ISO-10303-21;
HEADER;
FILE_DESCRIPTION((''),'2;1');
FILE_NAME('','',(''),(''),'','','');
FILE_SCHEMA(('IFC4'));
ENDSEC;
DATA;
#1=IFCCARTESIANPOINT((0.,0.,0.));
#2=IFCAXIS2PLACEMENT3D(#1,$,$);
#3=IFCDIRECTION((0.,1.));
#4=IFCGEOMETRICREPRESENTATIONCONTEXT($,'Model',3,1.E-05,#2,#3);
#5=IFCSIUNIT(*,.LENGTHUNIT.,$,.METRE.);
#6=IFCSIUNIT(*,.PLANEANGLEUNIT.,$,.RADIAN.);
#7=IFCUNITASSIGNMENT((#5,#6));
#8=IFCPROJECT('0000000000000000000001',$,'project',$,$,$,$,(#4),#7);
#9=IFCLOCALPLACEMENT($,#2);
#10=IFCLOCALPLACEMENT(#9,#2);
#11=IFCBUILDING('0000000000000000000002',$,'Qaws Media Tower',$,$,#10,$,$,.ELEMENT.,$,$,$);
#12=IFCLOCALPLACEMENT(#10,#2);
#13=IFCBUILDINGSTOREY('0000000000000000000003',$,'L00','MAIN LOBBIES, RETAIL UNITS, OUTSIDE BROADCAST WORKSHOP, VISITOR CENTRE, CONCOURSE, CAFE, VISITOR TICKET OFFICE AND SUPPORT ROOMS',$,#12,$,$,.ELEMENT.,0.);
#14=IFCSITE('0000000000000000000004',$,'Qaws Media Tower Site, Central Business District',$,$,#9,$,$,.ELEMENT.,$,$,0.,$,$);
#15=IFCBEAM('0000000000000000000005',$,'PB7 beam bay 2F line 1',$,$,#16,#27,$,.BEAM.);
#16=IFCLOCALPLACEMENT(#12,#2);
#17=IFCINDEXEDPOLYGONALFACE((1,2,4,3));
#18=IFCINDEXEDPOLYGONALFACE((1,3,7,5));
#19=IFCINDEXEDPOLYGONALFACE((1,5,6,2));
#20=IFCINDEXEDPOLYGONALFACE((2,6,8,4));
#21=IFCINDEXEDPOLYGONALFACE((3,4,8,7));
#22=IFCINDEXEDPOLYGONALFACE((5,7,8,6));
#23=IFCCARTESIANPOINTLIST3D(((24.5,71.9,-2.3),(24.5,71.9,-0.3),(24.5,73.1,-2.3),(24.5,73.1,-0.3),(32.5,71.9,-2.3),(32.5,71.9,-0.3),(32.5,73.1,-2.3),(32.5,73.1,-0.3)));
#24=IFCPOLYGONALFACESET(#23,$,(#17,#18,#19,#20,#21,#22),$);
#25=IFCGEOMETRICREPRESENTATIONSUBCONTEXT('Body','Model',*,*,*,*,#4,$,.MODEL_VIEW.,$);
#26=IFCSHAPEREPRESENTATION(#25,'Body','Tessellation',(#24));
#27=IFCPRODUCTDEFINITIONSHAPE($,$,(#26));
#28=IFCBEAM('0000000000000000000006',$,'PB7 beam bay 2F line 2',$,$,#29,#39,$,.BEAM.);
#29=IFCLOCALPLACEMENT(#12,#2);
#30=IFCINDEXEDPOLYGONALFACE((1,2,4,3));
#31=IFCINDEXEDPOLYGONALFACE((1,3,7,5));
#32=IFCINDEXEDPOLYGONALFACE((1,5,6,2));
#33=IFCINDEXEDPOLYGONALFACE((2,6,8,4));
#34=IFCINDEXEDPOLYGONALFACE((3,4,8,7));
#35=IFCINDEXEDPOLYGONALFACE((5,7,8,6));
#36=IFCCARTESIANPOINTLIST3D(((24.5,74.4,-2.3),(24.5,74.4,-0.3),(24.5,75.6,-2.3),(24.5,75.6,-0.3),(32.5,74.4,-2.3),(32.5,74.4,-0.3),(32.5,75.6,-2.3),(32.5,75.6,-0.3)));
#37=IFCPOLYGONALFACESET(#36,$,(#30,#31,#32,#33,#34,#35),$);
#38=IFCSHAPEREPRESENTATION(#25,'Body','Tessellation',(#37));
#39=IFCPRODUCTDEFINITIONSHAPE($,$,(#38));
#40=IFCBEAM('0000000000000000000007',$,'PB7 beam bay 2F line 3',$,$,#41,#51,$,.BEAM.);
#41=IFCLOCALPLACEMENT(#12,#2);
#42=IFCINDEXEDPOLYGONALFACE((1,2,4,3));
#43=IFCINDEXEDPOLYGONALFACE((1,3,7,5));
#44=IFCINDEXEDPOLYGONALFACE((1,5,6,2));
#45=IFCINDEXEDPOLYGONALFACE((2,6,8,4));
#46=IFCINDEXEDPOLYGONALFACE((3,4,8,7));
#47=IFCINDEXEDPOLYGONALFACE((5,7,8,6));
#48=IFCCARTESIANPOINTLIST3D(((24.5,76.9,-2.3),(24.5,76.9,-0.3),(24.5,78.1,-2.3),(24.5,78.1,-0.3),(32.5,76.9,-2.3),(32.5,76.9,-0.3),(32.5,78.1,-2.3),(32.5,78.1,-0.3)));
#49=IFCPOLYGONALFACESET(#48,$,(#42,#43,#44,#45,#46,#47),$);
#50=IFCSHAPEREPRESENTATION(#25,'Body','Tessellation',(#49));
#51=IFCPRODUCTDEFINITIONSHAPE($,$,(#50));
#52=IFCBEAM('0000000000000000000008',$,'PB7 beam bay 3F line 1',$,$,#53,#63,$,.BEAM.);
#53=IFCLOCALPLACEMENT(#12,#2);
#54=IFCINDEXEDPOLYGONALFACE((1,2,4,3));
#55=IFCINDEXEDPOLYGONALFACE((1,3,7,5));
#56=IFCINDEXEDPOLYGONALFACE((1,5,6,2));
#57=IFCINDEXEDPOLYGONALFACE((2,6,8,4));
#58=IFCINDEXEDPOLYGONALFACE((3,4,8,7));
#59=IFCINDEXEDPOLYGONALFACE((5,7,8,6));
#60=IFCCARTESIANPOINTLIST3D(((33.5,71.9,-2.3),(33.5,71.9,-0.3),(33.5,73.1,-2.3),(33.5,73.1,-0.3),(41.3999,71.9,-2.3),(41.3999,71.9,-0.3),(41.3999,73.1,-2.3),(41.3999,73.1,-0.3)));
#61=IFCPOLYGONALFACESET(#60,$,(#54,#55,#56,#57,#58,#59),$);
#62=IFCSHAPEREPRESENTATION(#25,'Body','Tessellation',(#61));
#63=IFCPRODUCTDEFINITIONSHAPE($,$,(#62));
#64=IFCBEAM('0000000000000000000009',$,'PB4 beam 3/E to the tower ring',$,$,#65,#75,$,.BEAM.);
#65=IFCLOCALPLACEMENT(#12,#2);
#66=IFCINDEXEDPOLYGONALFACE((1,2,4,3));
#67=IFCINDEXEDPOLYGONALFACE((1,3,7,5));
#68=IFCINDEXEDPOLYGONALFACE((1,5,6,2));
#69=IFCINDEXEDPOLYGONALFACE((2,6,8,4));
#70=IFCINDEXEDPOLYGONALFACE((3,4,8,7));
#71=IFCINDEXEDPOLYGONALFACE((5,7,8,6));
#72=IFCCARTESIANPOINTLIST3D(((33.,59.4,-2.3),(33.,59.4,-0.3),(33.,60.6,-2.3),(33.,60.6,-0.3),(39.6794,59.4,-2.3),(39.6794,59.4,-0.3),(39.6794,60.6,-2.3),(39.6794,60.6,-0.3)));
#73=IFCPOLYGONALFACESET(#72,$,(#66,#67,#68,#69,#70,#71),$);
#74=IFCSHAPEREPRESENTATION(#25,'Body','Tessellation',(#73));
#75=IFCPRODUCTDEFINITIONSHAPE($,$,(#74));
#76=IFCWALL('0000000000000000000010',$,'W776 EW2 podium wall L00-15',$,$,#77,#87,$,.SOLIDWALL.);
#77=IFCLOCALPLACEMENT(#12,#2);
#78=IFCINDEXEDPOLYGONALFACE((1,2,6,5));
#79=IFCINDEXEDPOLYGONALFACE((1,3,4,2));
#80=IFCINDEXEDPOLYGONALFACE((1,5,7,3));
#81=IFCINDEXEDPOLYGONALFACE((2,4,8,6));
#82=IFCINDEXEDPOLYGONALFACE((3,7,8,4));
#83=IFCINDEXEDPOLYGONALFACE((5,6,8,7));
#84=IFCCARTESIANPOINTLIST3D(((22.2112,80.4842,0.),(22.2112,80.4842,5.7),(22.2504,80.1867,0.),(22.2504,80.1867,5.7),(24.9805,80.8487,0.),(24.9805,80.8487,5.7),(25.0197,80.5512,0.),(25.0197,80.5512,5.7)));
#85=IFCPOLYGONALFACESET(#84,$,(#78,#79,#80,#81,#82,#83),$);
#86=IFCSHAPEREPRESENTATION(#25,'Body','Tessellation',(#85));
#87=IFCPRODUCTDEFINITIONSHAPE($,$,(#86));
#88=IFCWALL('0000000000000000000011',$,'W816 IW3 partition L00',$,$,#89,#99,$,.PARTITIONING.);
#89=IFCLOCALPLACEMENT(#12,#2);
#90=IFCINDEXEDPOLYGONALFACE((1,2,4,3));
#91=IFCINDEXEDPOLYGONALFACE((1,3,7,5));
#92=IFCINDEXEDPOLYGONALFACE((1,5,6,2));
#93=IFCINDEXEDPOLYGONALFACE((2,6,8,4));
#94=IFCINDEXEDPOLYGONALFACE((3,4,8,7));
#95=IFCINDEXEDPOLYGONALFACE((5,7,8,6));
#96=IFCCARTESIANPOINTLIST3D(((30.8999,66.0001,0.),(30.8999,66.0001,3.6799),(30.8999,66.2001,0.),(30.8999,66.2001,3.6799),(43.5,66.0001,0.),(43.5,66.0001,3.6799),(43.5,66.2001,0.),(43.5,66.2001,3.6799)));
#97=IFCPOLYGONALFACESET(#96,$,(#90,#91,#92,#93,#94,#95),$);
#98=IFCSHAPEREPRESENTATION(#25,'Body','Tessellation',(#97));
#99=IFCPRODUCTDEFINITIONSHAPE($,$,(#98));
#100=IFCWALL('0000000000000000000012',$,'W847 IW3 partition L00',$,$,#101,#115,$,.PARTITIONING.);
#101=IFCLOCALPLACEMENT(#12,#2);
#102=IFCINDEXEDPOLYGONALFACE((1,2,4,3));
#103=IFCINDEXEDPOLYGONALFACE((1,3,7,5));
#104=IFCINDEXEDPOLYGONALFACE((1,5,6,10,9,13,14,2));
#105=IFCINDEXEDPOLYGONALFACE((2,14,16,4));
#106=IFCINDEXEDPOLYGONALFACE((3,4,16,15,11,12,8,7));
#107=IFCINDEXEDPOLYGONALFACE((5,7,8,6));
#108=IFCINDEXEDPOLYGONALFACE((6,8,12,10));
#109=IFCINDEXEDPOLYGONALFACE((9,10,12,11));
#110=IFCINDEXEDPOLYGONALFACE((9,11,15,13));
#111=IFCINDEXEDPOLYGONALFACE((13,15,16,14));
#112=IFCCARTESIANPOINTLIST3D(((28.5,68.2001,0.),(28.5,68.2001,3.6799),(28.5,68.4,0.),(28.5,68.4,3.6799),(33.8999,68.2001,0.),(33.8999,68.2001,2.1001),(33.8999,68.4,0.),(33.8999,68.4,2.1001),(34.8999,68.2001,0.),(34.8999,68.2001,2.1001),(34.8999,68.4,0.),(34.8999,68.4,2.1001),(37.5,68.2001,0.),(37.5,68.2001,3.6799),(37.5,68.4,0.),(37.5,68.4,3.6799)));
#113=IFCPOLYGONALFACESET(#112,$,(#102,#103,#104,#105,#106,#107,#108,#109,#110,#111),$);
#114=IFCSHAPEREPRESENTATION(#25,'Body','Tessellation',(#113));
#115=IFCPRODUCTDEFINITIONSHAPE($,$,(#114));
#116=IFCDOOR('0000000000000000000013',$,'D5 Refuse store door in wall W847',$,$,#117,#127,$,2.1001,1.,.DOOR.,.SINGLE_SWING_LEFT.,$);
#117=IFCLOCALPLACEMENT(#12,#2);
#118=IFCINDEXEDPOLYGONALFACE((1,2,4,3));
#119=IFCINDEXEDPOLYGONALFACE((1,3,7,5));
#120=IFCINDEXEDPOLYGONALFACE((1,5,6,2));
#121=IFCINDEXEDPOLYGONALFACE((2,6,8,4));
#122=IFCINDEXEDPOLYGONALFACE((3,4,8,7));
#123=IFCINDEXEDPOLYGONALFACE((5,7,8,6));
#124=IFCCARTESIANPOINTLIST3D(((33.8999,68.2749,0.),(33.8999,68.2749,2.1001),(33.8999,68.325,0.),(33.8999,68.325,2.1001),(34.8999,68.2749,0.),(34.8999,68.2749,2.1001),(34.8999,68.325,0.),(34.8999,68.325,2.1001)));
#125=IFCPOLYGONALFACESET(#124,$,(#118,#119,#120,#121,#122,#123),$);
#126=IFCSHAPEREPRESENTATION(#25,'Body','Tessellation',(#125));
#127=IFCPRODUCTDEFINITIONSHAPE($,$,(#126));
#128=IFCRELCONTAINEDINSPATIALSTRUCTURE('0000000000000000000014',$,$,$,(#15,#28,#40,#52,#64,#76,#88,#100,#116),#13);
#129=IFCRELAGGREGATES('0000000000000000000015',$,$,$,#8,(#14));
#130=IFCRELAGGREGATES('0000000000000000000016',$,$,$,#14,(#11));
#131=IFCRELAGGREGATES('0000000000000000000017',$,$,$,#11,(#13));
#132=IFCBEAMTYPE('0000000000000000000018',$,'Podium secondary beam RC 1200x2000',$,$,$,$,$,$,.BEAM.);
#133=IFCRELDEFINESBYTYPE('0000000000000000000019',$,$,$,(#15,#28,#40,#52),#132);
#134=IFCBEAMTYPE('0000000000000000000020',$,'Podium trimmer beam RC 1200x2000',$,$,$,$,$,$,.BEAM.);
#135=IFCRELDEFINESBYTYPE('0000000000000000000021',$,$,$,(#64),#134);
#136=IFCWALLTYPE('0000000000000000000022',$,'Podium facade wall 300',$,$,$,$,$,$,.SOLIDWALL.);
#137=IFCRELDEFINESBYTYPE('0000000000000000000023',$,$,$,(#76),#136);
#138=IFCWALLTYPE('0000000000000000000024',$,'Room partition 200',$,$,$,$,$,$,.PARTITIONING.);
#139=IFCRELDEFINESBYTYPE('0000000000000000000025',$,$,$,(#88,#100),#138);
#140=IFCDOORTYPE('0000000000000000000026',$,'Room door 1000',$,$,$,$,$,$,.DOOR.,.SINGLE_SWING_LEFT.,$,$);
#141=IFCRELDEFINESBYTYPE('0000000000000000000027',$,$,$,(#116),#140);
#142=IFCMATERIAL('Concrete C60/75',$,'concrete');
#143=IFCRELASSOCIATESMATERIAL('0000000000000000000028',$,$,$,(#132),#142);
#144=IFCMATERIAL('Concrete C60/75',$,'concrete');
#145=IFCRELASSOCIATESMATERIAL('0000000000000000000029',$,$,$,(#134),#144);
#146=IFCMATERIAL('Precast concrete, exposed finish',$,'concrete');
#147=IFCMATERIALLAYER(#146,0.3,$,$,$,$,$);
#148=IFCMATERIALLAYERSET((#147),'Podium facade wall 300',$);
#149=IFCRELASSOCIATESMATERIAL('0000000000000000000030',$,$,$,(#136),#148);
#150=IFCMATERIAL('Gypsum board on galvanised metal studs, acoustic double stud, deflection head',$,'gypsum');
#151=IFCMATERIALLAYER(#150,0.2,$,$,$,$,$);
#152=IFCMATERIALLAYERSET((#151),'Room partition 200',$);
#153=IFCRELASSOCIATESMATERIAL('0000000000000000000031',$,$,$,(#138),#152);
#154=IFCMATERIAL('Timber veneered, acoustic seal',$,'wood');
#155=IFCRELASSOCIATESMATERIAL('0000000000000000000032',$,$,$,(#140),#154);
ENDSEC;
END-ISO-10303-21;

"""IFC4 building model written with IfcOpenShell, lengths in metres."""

from ifc_helpers import new_model, si_unit, direction, frame, frame_2d, origin, origin_2d, place, context, subcontext, project, spatial, rectangle, extrude, material, layer, layer_set, material_profile, profile_set, type_object, element, fill, save


model = new_model("IFC4")

# Units and contexts
model_context = context("Model", 3, precision=1e-05, world=origin(), true_north=direction((0.0, 1.0)))
body_context = subcontext(model_context, "Body", "Model", "MODEL_VIEW")
ifc_project = project(units=[si_unit("LENGTHUNIT", "METRE"), si_unit("PLANEANGLEUNIT", "RADIAN")], contexts=[model_context])

# Site, building, storey
site_placement = place(None, origin())
site = spatial("IfcSite", under=ifc_project, at=site_placement, Name="Qaws Media Tower Site, Central Business District", CompositionType="ELEMENT", RefElevation=0.0)
building_placement = place(site_placement, origin())
building = spatial("IfcBuilding", under=site, at=building_placement, Name="Qaws Media Tower", CompositionType="ELEMENT")
storey_placement = place(building_placement, origin())
storey = spatial("IfcBuildingStorey", under=building, at=storey_placement, Name="L00", Description="MAIN LOBBIES, RETAIL UNITS, OUTSIDE BROADCAST WORKSHOP, VISITOR CENTRE, CONCOURSE, CAFE, VISITOR TICKET OFFICE AND SUPPORT ROOMS", CompositionType="ELEMENT", Elevation=0.0)

# Beams
ifc_material_1 = material(Name="Concrete C60/75", Category="concrete")
ifc_material_profile_1 = material_profile(ifc_material_1, rectangle(XDim=1.2, YDim=2.0, at=origin_2d()), Name="RC 1200x2000")
ifc_profile_set_1 = profile_set([ifc_material_profile_1], Name="Concrete C60/75")
beam_type_1 = type_object("IfcBeamType", Name="Podium secondary beam RC 1200x2000", PredefinedType="BEAM", material=ifc_profile_set_1)
for number, where, z_axis, x_axis, name in (
    (1, (24.5, 72.5, -1.3), (1.0, 0.0, 0.0), (0.0, 1.0, 0.0), "PB7 beam bay 2F line 1"),
    (2, (24.5, 75.0, -1.3), (1.0, 0.0, 0.0), (0.0, 1.0, 0.0), "PB7 beam bay 2F line 2"),
    (3, (24.5, 77.5, -1.3), (1.0, 0.0, 0.0), (0.0, 1.0, 0.0), "PB7 beam bay 2F line 3"),
):
    element("IfcBeam", number, at=place(storey_placement, frame(where, z_axis=z_axis, x_axis=x_axis)), inside=storey, type_object=beam_type_1, Name=name, PredefinedType="BEAM", context=body_context, shape_type="SweptSolid", body=[
        extrude(rectangle(XDim=1.2, YDim=2.0, at=origin_2d()), origin(), (0.0, 0.0, 1.0), 8.0),
    ])
beam_1_placement = place(storey_placement, frame((33.5, 72.5, -1.3), z_axis=(1.0, 0.0, 0.0), x_axis=(0.0, 1.0, 0.0)))
element("IfcBeam", 4, at=beam_1_placement, inside=storey, type_object=beam_type_1, Name="PB7 beam bay 3F line 1", PredefinedType="BEAM", context=body_context, shape_type="SweptSolid", body=[
    extrude(rectangle(XDim=1.2, YDim=2.0, at=origin_2d()), origin(), (0.0, 0.0, 1.0), 7.8999),
])
ifc_material_2 = material(Name="Concrete C60/75", Category="concrete")
ifc_material_profile_2 = material_profile(ifc_material_2, rectangle(XDim=1.2, YDim=2.0, at=origin_2d()), Name="RC 1200x2000")
ifc_profile_set_2 = profile_set([ifc_material_profile_2], Name="Concrete C60/75")
beam_type_2 = type_object("IfcBeamType", Name="Podium trimmer beam RC 1200x2000", PredefinedType="BEAM", material=ifc_profile_set_2)
beam_2_placement = place(storey_placement, frame((33.0, 60.0, -1.3), z_axis=(1.0, 0.0, 0.0), x_axis=(0.0, 1.0, 0.0)))
element("IfcBeam", 5, at=beam_2_placement, inside=storey, type_object=beam_type_2, Name="PB4 beam 3/E to the tower ring", PredefinedType="BEAM", context=body_context, shape_type="SweptSolid", body=[
    extrude(rectangle(XDim=1.2, YDim=2.0, at=origin_2d()), origin(), (0.0, 0.0, 1.0), 6.6794),
])

# Walls
ifc_material_3 = material(Name="Precast concrete, exposed finish", Category="concrete")
ifc_layer_1 = layer(ifc_material_3, 0.3)
ifc_layer_set_1 = layer_set([ifc_layer_1], Name="Podium facade wall 300")
wall_type_1 = type_object("IfcWallType", Name="Podium facade wall 300", PredefinedType="SOLIDWALL", material=ifc_layer_set_1)
wall_1_placement = place(storey_placement, frame((25.0, 80.7, 0.0), z_axis=(0.0, 0.0, 1.0), x_axis=(-0.991449, -0.130497, 0.0)))
element("IfcWall", 6, at=wall_1_placement, inside=storey, type_object=wall_type_1, Name="W776 EW2 podium wall L00-15", PredefinedType="SOLIDWALL", context=body_context, shape_type="SweptSolid", body=[
    extrude(rectangle(XDim=2.7932, YDim=0.3, at=frame_2d((1.3965, 0.0))), origin(), (0.0, 0.0, 1.0), 5.7),
])
ifc_material_4 = material(Name="Gypsum board on galvanised metal studs, acoustic double stud, deflection head", Category="gypsum")
ifc_layer_2 = layer(ifc_material_4, 0.2)
ifc_layer_set_2 = layer_set([ifc_layer_2], Name="Room partition 200")
wall_type_2 = type_object("IfcWallType", Name="Room partition 200", PredefinedType="PARTITIONING", material=ifc_layer_set_2)
wall_2_placement = place(storey_placement, frame((30.8999, 66.1001, 0.0), z_axis=(0.0, 0.0, 1.0), x_axis=(1.0, 0.0, 0.0)))
element("IfcWall", 7, at=wall_2_placement, inside=storey, type_object=wall_type_2, Name="W816 IW3 partition L00", PredefinedType="PARTITIONING", context=body_context, shape_type="SweptSolid", body=[
    extrude(rectangle(XDim=12.6001, YDim=0.2, at=frame_2d((6.3, 0.0))), origin(), (0.0, 0.0, 1.0), 3.6799),
])

# Wall, opening, door
wall_3_placement = place(storey_placement, frame((28.5, 68.3, 0.0), z_axis=(0.0, 0.0, 1.0), x_axis=(1.0, 0.0, 0.0)))
wall_3 = element("IfcWall", 8, at=wall_3_placement, inside=storey, type_object=wall_type_2, Name="W847 IW3 partition L00", PredefinedType="PARTITIONING", context=body_context, shape_type="SweptSolid", body=[
    extrude(rectangle(XDim=9.0, YDim=0.2, at=frame_2d((4.5, 0.0))), origin(), (0.0, 0.0, 1.0), 3.6799),
])
opening_placement = place(wall_3_placement, frame((5.3999, 0.0, 0.0)))
opening = element("IfcOpeningElement", 9, at=opening_placement, cuts=wall_3, PredefinedType="OPENING", context=body_context, shape_type="SweptSolid", body=[
    extrude(rectangle(XDim=1.0, YDim=2.1001, at=frame_2d((0.5, 1.05))), frame((0.0, 0.1099, 0.0), z_axis=(0.0, -1.0, 0.0), x_axis=(1.0, 0.0, 0.0)), (0.0, 0.0, 1.0), 0.22),
])
ifc_material_5 = material(Name="Timber veneered, acoustic seal", Category="wood")
door_type = type_object("IfcDoorType", Name="Room door 1000", OperationType="SINGLE_SWING_LEFT", PredefinedType="DOOR", material=ifc_material_5)
door_placement = place(opening_placement, origin())
door = element("IfcDoor", 10, at=door_placement, inside=storey, type_object=door_type, Name="D5 Refuse store door in wall W847", OperationType="SINGLE_SWING_LEFT", OverallHeight=2.1001, OverallWidth=1.0, PredefinedType="DOOR", context=body_context, shape_type="SweptSolid", body=[
    extrude(rectangle(XDim=1.0, YDim=2.1001, at=frame_2d((0.5, 1.05))), frame((0.0, 0.0249, 0.0), z_axis=(0.0, -1.0, 0.0), x_axis=(1.0, 0.0, 0.0)), (0.0, 0.0, 1.0), 0.05),
])
fill(opening, door)

save(model, "model.ifc")
